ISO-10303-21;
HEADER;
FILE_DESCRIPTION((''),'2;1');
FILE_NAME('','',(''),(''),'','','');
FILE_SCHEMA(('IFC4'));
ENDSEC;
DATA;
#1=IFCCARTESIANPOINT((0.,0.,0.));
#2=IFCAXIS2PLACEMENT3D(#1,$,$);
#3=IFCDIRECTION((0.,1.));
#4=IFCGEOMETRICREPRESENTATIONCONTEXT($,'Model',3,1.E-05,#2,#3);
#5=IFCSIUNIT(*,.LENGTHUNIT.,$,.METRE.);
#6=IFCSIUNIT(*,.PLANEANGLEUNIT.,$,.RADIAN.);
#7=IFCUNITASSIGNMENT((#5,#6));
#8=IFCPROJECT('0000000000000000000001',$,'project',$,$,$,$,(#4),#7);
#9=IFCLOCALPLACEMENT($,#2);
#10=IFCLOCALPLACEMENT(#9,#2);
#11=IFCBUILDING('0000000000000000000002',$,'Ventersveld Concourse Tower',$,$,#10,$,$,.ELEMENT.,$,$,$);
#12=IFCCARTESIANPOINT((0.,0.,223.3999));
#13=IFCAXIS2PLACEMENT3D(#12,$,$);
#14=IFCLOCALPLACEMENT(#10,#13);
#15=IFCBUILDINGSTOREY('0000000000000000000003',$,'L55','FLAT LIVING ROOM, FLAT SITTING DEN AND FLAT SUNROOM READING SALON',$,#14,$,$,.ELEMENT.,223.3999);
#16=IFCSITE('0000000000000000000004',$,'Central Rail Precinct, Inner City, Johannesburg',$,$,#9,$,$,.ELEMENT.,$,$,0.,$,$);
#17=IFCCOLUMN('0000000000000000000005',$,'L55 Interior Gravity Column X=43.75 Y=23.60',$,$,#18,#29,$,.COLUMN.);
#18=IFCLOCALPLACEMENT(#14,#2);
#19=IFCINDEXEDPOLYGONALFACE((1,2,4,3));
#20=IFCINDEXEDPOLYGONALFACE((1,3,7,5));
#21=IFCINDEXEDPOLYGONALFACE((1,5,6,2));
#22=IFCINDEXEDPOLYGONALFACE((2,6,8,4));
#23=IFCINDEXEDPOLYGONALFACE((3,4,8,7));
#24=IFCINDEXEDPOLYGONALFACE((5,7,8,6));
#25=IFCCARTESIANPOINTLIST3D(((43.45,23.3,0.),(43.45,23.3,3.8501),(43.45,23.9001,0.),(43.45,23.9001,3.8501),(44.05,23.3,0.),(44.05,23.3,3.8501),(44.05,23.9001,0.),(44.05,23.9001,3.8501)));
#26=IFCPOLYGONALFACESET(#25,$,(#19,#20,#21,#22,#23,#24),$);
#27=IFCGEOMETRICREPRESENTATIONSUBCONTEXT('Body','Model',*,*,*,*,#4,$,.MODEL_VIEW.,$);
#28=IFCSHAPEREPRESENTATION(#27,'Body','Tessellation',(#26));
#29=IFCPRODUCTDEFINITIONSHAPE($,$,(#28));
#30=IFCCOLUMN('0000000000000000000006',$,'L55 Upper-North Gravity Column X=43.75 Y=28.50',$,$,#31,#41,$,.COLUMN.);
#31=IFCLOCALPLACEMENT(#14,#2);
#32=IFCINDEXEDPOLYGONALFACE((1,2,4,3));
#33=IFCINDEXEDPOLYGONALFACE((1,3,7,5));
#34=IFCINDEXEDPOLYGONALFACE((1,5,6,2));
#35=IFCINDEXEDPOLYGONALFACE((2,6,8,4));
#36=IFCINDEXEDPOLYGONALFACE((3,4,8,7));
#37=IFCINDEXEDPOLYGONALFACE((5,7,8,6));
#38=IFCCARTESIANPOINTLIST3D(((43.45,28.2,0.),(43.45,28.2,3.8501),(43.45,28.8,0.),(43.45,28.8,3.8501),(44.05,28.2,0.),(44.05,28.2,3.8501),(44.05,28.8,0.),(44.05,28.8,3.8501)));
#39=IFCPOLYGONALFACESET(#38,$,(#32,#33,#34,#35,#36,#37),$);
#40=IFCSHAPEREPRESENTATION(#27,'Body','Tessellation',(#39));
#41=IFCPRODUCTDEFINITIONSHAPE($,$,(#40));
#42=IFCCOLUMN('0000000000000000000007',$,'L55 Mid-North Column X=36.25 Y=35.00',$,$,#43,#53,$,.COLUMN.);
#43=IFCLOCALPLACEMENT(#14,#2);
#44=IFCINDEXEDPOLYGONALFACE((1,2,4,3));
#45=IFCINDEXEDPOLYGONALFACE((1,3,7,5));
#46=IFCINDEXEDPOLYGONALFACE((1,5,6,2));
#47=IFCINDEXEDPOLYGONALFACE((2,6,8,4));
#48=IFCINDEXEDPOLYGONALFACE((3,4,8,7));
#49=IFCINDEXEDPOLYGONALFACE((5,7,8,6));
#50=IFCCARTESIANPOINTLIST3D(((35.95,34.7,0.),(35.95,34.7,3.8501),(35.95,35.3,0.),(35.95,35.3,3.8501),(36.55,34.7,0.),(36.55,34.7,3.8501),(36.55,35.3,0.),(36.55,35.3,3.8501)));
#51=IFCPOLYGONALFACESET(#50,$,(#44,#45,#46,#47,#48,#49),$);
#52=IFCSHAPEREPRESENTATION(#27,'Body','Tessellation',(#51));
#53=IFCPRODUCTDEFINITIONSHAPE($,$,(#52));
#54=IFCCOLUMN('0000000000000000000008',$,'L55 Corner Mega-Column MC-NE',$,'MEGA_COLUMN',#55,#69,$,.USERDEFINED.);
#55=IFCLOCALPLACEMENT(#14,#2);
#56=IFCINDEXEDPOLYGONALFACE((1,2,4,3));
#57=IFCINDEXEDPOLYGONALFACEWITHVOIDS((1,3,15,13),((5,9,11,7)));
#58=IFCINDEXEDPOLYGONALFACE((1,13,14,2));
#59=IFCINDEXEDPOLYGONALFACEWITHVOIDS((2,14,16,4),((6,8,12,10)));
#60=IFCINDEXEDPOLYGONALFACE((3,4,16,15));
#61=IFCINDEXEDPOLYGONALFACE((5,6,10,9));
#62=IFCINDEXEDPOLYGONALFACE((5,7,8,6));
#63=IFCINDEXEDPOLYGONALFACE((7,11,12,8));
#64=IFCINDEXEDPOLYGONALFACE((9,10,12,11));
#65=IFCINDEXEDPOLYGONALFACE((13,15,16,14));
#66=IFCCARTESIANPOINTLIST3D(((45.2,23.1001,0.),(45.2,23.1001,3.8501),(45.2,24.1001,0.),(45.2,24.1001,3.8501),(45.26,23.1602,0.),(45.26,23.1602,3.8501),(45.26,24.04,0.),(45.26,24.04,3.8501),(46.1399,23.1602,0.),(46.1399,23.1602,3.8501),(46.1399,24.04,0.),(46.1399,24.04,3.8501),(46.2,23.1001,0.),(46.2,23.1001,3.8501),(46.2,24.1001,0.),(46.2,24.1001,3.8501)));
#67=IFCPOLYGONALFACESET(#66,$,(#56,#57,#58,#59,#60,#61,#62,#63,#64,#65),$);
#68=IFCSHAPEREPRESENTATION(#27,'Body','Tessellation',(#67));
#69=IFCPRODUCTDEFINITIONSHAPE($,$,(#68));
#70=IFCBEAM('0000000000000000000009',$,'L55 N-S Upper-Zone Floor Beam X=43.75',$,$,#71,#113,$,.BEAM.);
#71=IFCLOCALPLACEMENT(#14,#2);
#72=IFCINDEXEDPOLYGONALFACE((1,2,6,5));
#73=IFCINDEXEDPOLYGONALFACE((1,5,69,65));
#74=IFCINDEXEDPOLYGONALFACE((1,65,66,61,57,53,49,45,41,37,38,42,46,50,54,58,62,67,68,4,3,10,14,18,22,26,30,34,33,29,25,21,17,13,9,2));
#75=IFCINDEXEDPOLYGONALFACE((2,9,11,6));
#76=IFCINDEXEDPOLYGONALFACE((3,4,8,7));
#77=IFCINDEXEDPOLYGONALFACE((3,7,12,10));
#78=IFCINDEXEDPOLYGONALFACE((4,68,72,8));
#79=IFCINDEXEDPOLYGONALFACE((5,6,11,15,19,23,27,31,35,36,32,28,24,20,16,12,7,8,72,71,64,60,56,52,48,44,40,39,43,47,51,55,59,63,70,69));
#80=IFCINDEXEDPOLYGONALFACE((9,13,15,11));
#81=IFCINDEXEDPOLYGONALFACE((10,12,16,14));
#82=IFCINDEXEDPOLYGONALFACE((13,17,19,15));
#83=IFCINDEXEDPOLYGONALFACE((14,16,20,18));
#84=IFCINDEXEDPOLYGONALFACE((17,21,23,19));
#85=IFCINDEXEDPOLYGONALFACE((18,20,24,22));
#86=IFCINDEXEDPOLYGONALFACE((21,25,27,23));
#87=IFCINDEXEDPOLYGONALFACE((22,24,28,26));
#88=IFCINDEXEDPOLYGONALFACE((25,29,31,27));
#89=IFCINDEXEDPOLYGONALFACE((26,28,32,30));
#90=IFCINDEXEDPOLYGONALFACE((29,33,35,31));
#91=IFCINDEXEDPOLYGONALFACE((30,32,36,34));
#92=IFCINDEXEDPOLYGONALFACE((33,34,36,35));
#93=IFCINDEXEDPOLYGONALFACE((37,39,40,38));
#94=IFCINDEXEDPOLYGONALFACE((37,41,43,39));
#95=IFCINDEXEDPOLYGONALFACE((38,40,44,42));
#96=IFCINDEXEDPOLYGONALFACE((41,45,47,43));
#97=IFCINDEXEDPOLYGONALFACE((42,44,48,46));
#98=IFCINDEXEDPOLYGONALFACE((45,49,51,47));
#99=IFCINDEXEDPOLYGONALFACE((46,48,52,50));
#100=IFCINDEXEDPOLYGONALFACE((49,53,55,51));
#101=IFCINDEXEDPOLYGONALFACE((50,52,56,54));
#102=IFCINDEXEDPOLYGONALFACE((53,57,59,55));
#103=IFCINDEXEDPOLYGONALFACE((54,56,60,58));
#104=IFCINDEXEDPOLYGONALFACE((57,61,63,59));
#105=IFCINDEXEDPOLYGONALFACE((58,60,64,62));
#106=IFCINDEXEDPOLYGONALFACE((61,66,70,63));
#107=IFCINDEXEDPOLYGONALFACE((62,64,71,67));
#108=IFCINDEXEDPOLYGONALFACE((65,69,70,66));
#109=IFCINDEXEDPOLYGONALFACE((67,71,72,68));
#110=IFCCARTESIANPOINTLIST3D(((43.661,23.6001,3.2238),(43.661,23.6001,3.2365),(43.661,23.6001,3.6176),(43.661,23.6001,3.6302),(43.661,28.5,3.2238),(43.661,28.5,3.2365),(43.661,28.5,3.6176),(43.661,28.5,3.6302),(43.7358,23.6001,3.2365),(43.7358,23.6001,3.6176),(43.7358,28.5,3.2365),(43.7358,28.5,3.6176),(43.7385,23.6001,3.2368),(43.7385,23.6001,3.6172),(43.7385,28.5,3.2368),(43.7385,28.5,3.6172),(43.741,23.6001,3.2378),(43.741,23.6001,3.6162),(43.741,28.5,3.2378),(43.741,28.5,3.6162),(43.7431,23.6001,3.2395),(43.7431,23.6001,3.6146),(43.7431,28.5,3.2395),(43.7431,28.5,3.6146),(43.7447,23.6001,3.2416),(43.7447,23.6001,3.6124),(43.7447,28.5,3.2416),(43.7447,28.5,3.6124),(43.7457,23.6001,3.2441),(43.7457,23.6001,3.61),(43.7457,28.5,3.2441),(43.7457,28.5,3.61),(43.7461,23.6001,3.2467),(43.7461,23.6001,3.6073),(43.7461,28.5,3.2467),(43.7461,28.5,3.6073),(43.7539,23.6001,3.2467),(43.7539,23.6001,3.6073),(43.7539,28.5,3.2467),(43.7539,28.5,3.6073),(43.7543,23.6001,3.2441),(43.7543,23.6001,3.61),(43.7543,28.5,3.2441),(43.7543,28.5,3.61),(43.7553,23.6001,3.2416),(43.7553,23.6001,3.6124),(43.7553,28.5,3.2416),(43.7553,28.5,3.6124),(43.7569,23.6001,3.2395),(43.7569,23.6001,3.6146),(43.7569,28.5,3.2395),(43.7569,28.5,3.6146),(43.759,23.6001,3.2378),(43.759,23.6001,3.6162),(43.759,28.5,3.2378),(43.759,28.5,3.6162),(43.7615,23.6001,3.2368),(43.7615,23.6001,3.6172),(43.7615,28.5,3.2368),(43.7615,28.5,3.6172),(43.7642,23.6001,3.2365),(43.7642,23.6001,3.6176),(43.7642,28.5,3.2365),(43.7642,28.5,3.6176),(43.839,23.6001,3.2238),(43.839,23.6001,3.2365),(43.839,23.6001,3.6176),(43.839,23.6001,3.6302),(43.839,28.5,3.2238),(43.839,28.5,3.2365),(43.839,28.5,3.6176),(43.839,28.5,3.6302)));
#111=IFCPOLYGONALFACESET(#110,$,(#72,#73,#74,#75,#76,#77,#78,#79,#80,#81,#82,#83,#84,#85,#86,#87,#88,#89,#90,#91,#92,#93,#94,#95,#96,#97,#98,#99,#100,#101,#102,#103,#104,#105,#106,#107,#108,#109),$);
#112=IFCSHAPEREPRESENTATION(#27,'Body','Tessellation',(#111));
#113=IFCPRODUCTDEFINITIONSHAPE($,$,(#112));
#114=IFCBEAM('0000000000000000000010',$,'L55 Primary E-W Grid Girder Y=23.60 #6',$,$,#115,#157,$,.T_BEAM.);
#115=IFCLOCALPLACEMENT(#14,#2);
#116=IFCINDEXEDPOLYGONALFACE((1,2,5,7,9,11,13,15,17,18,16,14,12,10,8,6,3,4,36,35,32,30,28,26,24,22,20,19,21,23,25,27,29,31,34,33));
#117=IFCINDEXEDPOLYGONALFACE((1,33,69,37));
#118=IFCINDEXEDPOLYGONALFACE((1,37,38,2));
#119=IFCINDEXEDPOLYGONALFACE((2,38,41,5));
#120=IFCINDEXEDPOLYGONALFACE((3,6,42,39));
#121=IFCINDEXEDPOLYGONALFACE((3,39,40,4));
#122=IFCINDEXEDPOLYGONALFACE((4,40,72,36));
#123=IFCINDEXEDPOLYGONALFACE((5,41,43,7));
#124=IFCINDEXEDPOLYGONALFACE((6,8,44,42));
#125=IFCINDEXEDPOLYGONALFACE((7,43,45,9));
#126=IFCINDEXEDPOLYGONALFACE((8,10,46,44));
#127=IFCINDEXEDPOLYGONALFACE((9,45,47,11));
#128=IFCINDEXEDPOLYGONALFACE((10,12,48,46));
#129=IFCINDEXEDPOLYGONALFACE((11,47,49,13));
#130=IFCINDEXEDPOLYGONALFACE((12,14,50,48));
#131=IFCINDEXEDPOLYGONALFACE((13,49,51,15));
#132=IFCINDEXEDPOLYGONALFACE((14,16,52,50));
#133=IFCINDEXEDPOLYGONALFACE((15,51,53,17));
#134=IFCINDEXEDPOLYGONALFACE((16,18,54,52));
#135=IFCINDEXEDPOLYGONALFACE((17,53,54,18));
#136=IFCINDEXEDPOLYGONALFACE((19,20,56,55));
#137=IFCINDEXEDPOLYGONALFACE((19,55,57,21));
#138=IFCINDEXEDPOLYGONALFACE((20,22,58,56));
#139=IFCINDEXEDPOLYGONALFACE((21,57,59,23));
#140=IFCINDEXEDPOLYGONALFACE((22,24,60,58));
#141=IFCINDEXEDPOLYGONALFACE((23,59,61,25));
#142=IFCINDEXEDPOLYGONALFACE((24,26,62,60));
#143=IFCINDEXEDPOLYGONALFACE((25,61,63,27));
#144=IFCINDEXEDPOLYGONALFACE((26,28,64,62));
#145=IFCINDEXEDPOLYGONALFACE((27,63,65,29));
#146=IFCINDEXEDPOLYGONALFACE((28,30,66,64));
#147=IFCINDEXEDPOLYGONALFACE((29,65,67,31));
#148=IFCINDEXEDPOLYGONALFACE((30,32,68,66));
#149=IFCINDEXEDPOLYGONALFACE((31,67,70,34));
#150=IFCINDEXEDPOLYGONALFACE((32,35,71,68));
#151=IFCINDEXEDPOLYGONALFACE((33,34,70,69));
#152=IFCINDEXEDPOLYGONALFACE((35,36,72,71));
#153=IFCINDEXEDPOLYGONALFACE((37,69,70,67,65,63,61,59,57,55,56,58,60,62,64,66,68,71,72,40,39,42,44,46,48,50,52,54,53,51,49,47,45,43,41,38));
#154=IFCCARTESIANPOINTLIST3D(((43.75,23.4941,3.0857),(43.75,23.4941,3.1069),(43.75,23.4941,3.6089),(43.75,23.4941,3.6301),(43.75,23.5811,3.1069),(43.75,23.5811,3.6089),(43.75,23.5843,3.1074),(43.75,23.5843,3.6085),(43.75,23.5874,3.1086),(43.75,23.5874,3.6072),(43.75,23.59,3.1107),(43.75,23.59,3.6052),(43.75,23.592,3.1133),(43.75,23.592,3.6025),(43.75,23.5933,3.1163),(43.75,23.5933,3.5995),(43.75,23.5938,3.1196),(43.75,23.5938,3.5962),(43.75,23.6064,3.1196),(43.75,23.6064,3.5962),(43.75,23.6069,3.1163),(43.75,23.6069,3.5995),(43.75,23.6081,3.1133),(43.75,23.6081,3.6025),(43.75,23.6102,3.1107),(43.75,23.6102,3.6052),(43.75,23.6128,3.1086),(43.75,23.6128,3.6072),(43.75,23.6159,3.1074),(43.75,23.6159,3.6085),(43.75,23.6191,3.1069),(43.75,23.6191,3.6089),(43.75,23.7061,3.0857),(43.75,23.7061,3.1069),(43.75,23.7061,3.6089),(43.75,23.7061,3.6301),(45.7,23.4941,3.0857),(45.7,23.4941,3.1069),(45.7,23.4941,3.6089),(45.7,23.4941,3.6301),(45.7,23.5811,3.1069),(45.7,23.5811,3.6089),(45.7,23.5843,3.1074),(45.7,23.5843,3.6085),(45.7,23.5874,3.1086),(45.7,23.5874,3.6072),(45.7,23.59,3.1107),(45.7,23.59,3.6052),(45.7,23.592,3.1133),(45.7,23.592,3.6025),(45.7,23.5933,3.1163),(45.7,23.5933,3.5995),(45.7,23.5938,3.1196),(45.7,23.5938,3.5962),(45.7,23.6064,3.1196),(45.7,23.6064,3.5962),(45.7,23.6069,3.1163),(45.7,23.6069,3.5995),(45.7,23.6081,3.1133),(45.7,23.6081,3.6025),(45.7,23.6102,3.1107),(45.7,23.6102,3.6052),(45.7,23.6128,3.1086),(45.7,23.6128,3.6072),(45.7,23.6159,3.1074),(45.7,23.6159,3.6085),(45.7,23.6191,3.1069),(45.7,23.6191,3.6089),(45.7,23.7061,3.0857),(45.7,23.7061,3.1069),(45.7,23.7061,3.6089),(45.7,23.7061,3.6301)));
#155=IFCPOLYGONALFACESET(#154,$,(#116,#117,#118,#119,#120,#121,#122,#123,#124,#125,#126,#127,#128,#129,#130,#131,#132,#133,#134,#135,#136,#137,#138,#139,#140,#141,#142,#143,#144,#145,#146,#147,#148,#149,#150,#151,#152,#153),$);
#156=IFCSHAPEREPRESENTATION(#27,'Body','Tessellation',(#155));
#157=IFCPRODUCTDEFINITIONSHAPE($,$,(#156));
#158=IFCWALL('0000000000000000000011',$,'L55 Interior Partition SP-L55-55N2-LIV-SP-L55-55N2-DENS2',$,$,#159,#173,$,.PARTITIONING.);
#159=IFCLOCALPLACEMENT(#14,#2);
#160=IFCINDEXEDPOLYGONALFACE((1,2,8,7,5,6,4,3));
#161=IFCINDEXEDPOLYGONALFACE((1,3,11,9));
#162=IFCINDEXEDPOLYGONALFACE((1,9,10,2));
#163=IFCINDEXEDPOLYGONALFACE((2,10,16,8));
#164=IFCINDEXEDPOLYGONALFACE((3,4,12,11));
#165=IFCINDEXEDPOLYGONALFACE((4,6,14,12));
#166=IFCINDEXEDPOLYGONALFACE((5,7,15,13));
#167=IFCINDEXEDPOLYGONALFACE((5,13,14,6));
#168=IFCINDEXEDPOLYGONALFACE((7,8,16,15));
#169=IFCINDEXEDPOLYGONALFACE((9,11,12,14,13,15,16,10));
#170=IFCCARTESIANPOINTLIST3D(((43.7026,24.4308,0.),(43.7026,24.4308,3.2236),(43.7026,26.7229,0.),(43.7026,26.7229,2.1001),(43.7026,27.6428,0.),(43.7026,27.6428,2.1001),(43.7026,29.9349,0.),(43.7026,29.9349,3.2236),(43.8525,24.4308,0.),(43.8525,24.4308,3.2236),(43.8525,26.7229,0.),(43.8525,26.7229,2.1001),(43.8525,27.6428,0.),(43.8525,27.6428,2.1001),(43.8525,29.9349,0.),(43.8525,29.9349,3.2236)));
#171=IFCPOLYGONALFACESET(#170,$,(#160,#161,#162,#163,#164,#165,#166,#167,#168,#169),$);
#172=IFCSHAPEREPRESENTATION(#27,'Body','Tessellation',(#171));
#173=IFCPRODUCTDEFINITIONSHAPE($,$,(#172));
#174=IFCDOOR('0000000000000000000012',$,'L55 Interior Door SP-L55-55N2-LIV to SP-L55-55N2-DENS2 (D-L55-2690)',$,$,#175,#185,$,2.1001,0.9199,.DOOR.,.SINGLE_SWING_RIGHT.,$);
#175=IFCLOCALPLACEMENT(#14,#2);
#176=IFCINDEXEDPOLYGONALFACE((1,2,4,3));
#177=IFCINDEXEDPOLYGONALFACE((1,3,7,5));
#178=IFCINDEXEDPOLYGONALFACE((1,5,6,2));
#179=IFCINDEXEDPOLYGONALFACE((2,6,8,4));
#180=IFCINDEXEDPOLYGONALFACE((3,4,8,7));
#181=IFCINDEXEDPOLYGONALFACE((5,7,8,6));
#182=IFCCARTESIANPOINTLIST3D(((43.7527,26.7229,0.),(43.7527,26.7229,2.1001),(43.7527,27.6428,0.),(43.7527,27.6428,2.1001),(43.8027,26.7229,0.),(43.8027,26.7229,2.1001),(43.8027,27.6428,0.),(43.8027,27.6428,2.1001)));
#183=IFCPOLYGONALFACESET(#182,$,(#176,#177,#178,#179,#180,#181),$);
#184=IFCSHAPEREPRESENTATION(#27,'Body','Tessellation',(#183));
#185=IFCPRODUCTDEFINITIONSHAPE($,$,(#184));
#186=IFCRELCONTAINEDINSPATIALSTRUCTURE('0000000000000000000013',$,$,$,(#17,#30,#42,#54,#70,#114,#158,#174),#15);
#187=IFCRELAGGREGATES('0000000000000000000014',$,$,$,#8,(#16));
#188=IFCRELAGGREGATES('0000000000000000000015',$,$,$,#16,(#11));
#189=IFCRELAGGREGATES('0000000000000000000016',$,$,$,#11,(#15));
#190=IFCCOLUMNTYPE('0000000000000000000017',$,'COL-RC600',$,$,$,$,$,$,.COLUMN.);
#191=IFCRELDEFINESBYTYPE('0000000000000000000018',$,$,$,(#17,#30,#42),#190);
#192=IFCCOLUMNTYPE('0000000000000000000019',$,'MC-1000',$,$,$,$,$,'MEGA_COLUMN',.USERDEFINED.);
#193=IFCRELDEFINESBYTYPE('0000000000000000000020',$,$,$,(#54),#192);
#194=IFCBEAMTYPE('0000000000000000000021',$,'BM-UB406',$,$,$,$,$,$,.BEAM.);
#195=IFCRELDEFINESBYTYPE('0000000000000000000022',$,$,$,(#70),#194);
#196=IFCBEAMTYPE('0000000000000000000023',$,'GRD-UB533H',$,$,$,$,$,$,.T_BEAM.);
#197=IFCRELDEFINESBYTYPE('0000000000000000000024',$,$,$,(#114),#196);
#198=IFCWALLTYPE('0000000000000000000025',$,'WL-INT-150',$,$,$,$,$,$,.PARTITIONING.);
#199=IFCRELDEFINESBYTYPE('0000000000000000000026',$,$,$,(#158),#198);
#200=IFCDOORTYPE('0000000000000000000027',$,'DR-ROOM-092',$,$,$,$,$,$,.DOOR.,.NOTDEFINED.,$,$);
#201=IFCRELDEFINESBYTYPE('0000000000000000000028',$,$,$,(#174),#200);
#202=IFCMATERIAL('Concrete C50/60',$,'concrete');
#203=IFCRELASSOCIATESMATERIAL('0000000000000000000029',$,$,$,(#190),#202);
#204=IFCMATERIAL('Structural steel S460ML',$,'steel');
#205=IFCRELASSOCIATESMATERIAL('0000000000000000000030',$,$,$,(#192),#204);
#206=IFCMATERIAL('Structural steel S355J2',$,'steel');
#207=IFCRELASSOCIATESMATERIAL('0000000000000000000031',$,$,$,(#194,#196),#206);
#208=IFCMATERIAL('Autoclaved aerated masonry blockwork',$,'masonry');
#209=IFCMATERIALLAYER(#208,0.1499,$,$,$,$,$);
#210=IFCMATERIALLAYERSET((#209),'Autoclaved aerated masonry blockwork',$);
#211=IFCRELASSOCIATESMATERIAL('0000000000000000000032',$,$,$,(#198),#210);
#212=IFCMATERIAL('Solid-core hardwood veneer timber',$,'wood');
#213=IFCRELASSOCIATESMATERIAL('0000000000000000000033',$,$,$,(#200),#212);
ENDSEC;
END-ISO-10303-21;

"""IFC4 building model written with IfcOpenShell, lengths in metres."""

from ifc_helpers import new_model, si_unit, direction, frame, frame_2d, origin, origin_2d, place, context, subcontext, project, spatial, rectangle, hollow_rectangle, i_section, extrude, material, layer, layer_set, material_profile, profile_set, type_object, element, fill, save


model = new_model("IFC4")

# Units and contexts
model_context = context("Model", 3, precision=1e-05, world=origin(), true_north=direction((0.0, 1.0)))
body_context = subcontext(model_context, "Body", "Model", "MODEL_VIEW")
ifc_project = project(units=[si_unit("LENGTHUNIT", "METRE"), si_unit("PLANEANGLEUNIT", "RADIAN")], contexts=[model_context])

# Site, building, storey
site_placement = place(None, origin())
site = spatial("IfcSite", under=ifc_project, at=site_placement, Name="Central Rail Precinct, Inner City, Johannesburg", CompositionType="ELEMENT", RefElevation=0.0)
building_placement = place(site_placement, origin())
building = spatial("IfcBuilding", under=site, at=building_placement, Name="Ventersveld Concourse Tower", CompositionType="ELEMENT")
storey_placement = place(building_placement, frame((0.0, 0.0, 223.3999)))
storey = spatial("IfcBuildingStorey", under=building, at=storey_placement, Name="L55", Description="FLAT LIVING ROOM, FLAT SITTING DEN AND FLAT SUNROOM READING SALON", CompositionType="ELEMENT", Elevation=223.3999)

# Columns
ifc_material_1 = material(Name="Concrete C50/60", Category="concrete")
ifc_material_profile_1 = material_profile(ifc_material_1, rectangle(XDim=0.6001, YDim=0.6001, at=origin_2d()), Name="RC 600x600")
ifc_profile_set_1 = profile_set([ifc_material_profile_1], Name="Concrete C50/60")
column_type_1 = type_object("IfcColumnType", Name="COL-RC600", PredefinedType="COLUMN", material=ifc_profile_set_1)
for number, where, z_axis, x_axis, name in (
    (1, (43.75, 23.6001, 0.0), (0.0, 0.0, 1.0), (1.0, 0.0, 0.0), "L55 Interior Gravity Column X=43.75 Y=23.60"),
    (2, (43.75, 28.5, 0.0), (0.0, 0.0, 1.0), (1.0, 0.0, 0.0), "L55 Upper-North Gravity Column X=43.75 Y=28.50"),
    (3, (36.25, 35.0, 0.0), (0.0, 0.0, 1.0), (1.0, 0.0, 0.0), "L55 Mid-North Column X=36.25 Y=35.00"),
):
    element("IfcColumn", number, at=place(storey_placement, frame(where, z_axis=z_axis, x_axis=x_axis)), inside=storey, type_object=column_type_1, Name=name, PredefinedType="COLUMN", context=body_context, shape_type="SweptSolid", body=[
        extrude(rectangle(XDim=0.6001, YDim=0.6001, at=origin_2d()), origin(), (0.0, 0.0, 1.0), 3.8501),
    ])
ifc_material_2 = material(Name="Structural steel S460ML", Category="steel")
ifc_material_profile_2 = material_profile(ifc_material_2, hollow_rectangle(XDim=1.0, YDim=1.0, WallThickness=0.0601, at=origin_2d()), Name="BOX 1000x1000x60")
ifc_profile_set_2 = profile_set([ifc_material_profile_2], Name="Structural steel S460ML")
column_type_2 = type_object("IfcColumnType", Name="MC-1000", ElementType="MEGA_COLUMN", PredefinedType="USERDEFINED", material=ifc_profile_set_2)
column_placement = place(storey_placement, frame((45.7, 23.6001, 0.0), z_axis=(0.0, 0.0, 1.0), x_axis=(1.0, 0.0, 0.0)))
element("IfcColumn", 4, at=column_placement, inside=storey, type_object=column_type_2, Name="L55 Corner Mega-Column MC-NE", ObjectType="MEGA_COLUMN", PredefinedType="USERDEFINED", context=body_context, shape_type="SweptSolid", body=[
    extrude(hollow_rectangle(XDim=1.0, YDim=1.0, WallThickness=0.0601, at=origin_2d()), origin(), (0.0, 0.0, 1.0), 3.8501),
])

# Beams
ifc_material_3 = material(Name="Structural steel S355J2", Category="steel")
ifc_material_profile_3 = material_profile(ifc_material_3, i_section(OverallWidth=0.178, OverallDepth=0.4065, WebThickness=0.0078, FlangeThickness=0.0127, FilletRadius=0.0103, at=origin_2d()), Name="UB 406x178x60")
ifc_profile_set_3 = profile_set([ifc_material_profile_3], Name="Structural steel S355J2")
beam_type_1 = type_object("IfcBeamType", Name="BM-UB406", PredefinedType="BEAM", material=ifc_profile_set_3)
beam_1_placement = place(storey_placement, frame((43.75, 23.6001, 3.427), z_axis=(0.0, 1.0, 0.0), x_axis=(-1.0, 0.0, 0.0)))
element("IfcBeam", 5, at=beam_1_placement, inside=storey, type_object=beam_type_1, Name="L55 N-S Upper-Zone Floor Beam X=43.75", PredefinedType="BEAM", context=body_context, shape_type="SweptSolid", body=[
    extrude(i_section(OverallWidth=0.178, OverallDepth=0.4065, WebThickness=0.0078, FlangeThickness=0.0127, FilletRadius=0.0103, at=origin_2d()), origin(), (0.0, 0.0, 1.0), 4.8999),
])
ifc_material_profile_4 = material_profile(ifc_material_3, i_section(OverallWidth=0.2119, OverallDepth=0.5444, WebThickness=0.0127, FlangeThickness=0.0212, FilletRadius=0.0127, at=origin_2d()), Name="UB 533x210x122")
ifc_profile_set_4 = profile_set([ifc_material_profile_4], Name="Structural steel S355J2")
beam_type_2 = type_object("IfcBeamType", Name="GRD-UB533H", PredefinedType="T_BEAM", material=ifc_profile_set_4)
beam_2_placement = place(storey_placement, frame((43.75, 23.6001, 3.3579), z_axis=(1.0, 0.0, 0.0), x_axis=(0.0, 1.0, 0.0)))
element("IfcBeam", 6, at=beam_2_placement, inside=storey, type_object=beam_type_2, Name="L55 Primary E-W Grid Girder Y=23.60 #6", PredefinedType="T_BEAM", context=body_context, shape_type="SweptSolid", body=[
    extrude(i_section(OverallWidth=0.2119, OverallDepth=0.5444, WebThickness=0.0127, FlangeThickness=0.0212, FilletRadius=0.0127, at=origin_2d()), origin(), (0.0, 0.0, 1.0), 1.95),
])

# Wall, opening, door
ifc_material_4 = material(Name="Autoclaved aerated masonry blockwork", Category="masonry")
ifc_layer_1 = layer(ifc_material_4, 0.1499)
ifc_layer_set_1 = layer_set([ifc_layer_1], Name="Autoclaved aerated masonry blockwork")
wall_type_1 = type_object("IfcWallType", Name="WL-INT-150", PredefinedType="PARTITIONING", material=ifc_layer_set_1)
wall_1_placement = place(storey_placement, frame((43.7776, 24.4309, 0.0), z_axis=(0.0, 0.0, 1.0), x_axis=(0.0, 1.0, 0.0)))
wall_1 = element("IfcWall", 7, at=wall_1_placement, inside=storey, type_object=wall_type_1, Name="L55 Interior Partition SP-L55-55N2-LIV-SP-L55-55N2-DENS2", PredefinedType="PARTITIONING", context=body_context, shape_type="SweptSolid", body=[
    extrude(rectangle(XDim=5.5042, YDim=0.1499, at=frame_2d((2.752, 0.0))), origin(), (0.0, 0.0, 1.0), 3.2236),
])
opening_1_placement = place(wall_1_placement, frame((2.292, 0.0, 0.0)))
opening_1 = element("IfcOpeningElement", 8, at=opening_1_placement, cuts=wall_1, PredefinedType="OPENING", context=body_context, shape_type="SweptSolid", body=[
    extrude(rectangle(XDim=0.9199, YDim=2.1001, at=frame_2d((0.46, 1.05))), frame((0.0, 0.085, 0.0), z_axis=(0.0, -1.0, 0.0), x_axis=(1.0, 0.0, 0.0)), (0.0, 0.0, 1.0), 0.1699),
])
ifc_material_5 = material(Name="Solid-core hardwood veneer timber", Category="wood")
door_type = type_object("IfcDoorType", Name="DR-ROOM-092", OperationType="NOTDEFINED", PredefinedType="DOOR", material=ifc_material_5)
door_1_placement = place(opening_1_placement, origin())
door_1 = element("IfcDoor", 9, at=door_1_placement, inside=storey, type_object=door_type, Name="L55 Interior Door SP-L55-55N2-LIV to SP-L55-55N2-DENS2 (D-L55-2690)", OperationType="SINGLE_SWING_RIGHT", OverallHeight=2.1001, OverallWidth=0.9199, PredefinedType="DOOR", context=body_context, shape_type="SweptSolid", body=[
    extrude(rectangle(XDim=0.9199, YDim=2.1001, at=frame_2d((0.46, 1.05))), frame((0.0, 0.0249, 0.0), z_axis=(0.0, -1.0, 0.0), x_axis=(1.0, 0.0, 0.0)), (0.0, 0.0, 1.0), 0.05),
])
fill(opening_1, door_1)

save(model, "model.ifc")
